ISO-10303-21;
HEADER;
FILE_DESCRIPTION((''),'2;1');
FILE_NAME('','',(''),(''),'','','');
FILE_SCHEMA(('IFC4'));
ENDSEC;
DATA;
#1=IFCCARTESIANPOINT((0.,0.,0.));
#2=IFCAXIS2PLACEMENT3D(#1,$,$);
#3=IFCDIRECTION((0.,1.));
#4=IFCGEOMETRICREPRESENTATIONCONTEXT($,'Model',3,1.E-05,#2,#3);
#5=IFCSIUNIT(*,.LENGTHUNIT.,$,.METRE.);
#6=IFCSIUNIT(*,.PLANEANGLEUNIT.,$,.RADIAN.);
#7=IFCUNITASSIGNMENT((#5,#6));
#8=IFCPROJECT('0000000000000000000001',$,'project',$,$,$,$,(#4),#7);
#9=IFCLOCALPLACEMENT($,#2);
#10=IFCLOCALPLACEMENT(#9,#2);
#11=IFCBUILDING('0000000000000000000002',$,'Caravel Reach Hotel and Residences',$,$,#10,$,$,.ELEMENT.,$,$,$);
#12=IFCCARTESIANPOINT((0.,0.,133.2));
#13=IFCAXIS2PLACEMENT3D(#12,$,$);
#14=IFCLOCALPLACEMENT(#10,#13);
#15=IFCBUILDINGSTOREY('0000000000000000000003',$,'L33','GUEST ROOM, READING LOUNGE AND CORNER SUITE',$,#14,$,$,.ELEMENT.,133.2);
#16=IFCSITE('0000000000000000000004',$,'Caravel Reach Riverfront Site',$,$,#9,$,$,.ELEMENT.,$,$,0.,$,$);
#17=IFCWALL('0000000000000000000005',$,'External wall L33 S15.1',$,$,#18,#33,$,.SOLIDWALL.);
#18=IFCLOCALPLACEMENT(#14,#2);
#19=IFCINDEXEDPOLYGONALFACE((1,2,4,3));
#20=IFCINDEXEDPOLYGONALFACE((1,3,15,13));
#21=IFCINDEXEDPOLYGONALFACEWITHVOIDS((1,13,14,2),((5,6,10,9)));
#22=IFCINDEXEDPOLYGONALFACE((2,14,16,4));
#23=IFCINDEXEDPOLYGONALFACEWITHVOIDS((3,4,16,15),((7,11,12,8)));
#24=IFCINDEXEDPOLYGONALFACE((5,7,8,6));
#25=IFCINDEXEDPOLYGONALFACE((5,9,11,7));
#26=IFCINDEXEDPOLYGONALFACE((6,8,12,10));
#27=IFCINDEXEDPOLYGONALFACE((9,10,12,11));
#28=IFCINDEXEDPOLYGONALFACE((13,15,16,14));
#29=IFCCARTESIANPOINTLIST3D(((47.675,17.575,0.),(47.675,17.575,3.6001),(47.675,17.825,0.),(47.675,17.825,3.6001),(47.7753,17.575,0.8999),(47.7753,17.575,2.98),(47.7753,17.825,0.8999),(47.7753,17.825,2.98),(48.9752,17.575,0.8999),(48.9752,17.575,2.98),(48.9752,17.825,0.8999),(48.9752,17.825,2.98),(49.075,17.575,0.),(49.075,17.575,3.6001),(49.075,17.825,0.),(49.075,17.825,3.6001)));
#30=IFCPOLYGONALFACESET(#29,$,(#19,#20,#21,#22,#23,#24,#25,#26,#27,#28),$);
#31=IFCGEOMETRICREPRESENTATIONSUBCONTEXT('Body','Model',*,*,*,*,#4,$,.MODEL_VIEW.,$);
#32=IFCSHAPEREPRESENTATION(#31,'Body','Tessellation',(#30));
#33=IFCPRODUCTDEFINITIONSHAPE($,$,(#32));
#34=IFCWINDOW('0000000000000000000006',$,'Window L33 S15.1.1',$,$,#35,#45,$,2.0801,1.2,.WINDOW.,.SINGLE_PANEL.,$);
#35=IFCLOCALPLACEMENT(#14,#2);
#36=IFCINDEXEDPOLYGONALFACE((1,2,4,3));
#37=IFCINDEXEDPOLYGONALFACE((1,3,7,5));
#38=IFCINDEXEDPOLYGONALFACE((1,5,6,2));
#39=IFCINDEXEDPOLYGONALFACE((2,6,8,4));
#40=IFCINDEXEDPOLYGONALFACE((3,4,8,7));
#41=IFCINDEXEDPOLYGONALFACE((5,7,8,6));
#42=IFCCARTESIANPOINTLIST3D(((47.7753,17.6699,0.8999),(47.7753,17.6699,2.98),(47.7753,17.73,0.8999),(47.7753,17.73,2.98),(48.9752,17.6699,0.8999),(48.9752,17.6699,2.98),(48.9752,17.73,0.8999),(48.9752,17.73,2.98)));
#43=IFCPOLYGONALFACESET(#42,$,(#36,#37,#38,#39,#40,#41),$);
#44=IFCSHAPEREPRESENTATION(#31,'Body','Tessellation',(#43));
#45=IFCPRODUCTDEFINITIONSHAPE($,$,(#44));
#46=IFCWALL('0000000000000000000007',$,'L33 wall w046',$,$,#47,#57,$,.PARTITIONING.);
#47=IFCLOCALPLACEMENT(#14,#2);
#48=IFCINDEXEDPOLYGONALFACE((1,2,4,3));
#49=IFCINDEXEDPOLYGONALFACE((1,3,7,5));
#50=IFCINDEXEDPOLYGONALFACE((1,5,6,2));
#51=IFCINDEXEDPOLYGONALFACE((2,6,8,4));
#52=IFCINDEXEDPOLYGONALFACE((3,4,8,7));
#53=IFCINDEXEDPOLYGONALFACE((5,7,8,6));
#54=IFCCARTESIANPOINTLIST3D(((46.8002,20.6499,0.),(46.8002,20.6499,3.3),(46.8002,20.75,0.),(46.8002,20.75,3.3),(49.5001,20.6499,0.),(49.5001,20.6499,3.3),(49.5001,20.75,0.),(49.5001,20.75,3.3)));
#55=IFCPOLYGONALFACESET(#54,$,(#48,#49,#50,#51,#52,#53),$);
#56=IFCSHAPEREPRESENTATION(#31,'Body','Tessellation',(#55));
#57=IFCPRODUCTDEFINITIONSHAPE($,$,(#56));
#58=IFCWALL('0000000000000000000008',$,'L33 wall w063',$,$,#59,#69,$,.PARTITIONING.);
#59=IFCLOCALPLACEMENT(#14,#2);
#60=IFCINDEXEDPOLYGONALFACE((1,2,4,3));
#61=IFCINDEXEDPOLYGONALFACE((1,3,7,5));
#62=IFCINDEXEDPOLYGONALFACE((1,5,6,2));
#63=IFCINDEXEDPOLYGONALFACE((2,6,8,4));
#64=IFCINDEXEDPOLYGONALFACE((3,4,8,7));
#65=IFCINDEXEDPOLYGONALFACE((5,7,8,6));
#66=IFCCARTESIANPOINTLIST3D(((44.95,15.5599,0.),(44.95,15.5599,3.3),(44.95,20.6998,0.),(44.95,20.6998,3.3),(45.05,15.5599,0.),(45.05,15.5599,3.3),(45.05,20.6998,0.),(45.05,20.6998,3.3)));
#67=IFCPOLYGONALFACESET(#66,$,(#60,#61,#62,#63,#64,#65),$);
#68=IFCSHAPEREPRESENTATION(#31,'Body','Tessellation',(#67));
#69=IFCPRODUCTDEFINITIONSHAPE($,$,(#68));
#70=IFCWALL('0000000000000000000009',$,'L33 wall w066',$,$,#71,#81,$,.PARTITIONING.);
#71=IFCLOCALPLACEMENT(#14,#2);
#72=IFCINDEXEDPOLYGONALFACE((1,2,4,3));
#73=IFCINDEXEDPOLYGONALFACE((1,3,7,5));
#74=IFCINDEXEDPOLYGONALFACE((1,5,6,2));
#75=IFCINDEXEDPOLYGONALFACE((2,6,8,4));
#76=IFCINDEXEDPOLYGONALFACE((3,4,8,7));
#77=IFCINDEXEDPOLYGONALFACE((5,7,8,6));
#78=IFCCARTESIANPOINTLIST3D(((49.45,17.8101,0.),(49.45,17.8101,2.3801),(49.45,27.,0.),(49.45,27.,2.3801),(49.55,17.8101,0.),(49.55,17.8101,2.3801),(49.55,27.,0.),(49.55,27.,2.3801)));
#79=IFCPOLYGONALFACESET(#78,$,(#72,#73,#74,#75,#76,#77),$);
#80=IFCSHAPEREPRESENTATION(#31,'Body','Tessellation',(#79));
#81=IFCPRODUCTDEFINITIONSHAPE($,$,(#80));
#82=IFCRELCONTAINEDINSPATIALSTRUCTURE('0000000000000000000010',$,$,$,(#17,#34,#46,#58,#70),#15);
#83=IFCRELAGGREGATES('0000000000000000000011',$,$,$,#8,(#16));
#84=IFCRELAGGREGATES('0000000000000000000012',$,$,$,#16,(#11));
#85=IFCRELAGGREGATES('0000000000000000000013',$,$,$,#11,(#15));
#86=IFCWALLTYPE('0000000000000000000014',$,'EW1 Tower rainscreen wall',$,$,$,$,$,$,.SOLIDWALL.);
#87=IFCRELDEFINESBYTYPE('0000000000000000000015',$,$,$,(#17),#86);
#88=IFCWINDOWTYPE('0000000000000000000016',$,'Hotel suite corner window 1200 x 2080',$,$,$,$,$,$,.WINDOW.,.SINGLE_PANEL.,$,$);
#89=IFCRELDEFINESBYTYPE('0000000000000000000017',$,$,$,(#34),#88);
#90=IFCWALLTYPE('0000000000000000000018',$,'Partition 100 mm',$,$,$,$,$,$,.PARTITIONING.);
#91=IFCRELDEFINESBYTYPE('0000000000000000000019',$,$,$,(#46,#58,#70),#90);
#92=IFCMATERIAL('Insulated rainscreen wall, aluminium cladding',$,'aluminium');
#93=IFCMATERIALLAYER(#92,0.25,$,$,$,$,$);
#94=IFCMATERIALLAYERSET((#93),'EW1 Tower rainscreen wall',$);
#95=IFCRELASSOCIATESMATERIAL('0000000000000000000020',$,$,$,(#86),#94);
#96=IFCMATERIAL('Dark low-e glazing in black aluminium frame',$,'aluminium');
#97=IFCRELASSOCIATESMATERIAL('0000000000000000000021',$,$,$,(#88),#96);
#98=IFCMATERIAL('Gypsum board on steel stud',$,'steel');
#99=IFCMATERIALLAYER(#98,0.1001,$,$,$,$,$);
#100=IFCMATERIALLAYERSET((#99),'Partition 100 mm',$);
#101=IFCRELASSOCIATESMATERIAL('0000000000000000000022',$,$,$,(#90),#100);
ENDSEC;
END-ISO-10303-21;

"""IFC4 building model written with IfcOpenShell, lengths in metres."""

from ifc_helpers import new_model, si_unit, direction, frame, frame_2d, origin, place, context, subcontext, project, spatial, rectangle, extrude, material, layer, layer_set, type_object, element, fill, save


model = new_model("IFC4")

# Units and contexts
model_context = context("Model", 3, precision=1e-05, world=origin(), true_north=direction((0.0, 1.0)))
body_context = subcontext(model_context, "Body", "Model", "MODEL_VIEW")
ifc_project = project(units=[si_unit("LENGTHUNIT", "METRE"), si_unit("PLANEANGLEUNIT", "RADIAN")], contexts=[model_context])

# Site, building, storey
site_placement = place(None, origin())
site = spatial("IfcSite", under=ifc_project, at=site_placement, Name="Caravel Reach Riverfront Site", CompositionType="ELEMENT", RefElevation=0.0)
building_placement = place(site_placement, origin())
building = spatial("IfcBuilding", under=site, at=building_placement, Name="Caravel Reach Hotel and Residences", CompositionType="ELEMENT")
storey_placement = place(building_placement, frame((0.0, 0.0, 133.2)))
storey = spatial("IfcBuildingStorey", under=building, at=storey_placement, Name="L33", Description="GUEST ROOM, READING LOUNGE AND CORNER SUITE", CompositionType="ELEMENT", Elevation=133.2)

# Wall, opening, window
ifc_material_1 = material(Name="Insulated rainscreen wall, aluminium cladding", Category="aluminium")
ifc_layer_1 = layer(ifc_material_1, 0.25)
ifc_layer_set_1 = layer_set([ifc_layer_1], Name="EW1 Tower rainscreen wall")
wall_type_1 = type_object("IfcWallType", Name="EW1 Tower rainscreen wall", PredefinedType="SOLIDWALL", material=ifc_layer_set_1)
ifc_material_2 = material(Name="Dark low-e glazing in black aluminium frame", Category="aluminium")
window_type = type_object("IfcWindowType", Name="Hotel suite corner window 1200 x 2080", PartitioningType="SINGLE_PANEL", PredefinedType="WINDOW", material=ifc_material_2)
wall_1_placement = place(storey_placement, frame((47.675, 17.7, 0.0), z_axis=(0.0, 0.0, 1.0), x_axis=(1.0, 0.0, 0.0)))
wall_1 = element("IfcWall", 1, at=wall_1_placement, inside=storey, type_object=wall_type_1, Name="External wall L33 S15.1", PredefinedType="SOLIDWALL", context=body_context, shape_type="SweptSolid", body=[
    extrude(rectangle(XDim=1.3999, YDim=0.25, at=frame_2d((0.7, 0.0))), origin(), (0.0, 0.0, 1.0), 3.6001),
])
opening_1_placement = place(wall_1_placement, frame((0.1001, 0.0, 0.8999)))
opening_1 = element("IfcOpeningElement", 2, at=opening_1_placement, cuts=wall_1, PredefinedType="OPENING", context=body_context, shape_type="SweptSolid", body=[
    extrude(rectangle(XDim=1.2, YDim=2.0801, at=frame_2d((0.6001, 1.04))), frame((0.0, 0.135, 0.0), z_axis=(0.0, -1.0, 0.0), x_axis=(1.0, 0.0, 0.0)), (0.0, 0.0, 1.0), 0.27),
])
window_1_placement = place(opening_1_placement, origin())
window_1 = element("IfcWindow", 3, at=window_1_placement, inside=storey, type_object=window_type, Name="Window L33 S15.1.1", OverallHeight=2.0801, OverallWidth=1.2, PartitioningType="SINGLE_PANEL", PredefinedType="WINDOW", context=body_context, shape_type="SweptSolid", body=[
    extrude(rectangle(XDim=1.2, YDim=2.0801, at=frame_2d((0.6001, 1.04))), frame((0.0, 0.03, 0.0), z_axis=(0.0, -1.0, 0.0), x_axis=(1.0, 0.0, 0.0)), (0.0, 0.0, 1.0), 0.0601),
])
fill(opening_1, window_1)

# Walls
ifc_material_3 = material(Name="Gypsum board on steel stud", Category="steel")
ifc_layer_2 = layer(ifc_material_3, 0.1001)
ifc_layer_set_2 = layer_set([ifc_layer_2], Name="Partition 100 mm")
wall_type_2 = type_object("IfcWallType", Name="Partition 100 mm", PredefinedType="PARTITIONING", material=ifc_layer_set_2)
wall_2_placement = place(storey_placement, frame((46.8, 20.7, 0.0), z_axis=(0.0, 0.0, 1.0), x_axis=(1.0, 0.0, 0.0)))
element("IfcWall", 4, at=wall_2_placement, inside=storey, type_object=wall_type_2, Name="L33 wall w046", PredefinedType="PARTITIONING", context=body_context, shape_type="SweptSolid", body=[
    extrude(rectangle(XDim=2.7, YDim=0.1001, at=frame_2d((1.3501, 0.0))), origin(), (0.0, 0.0, 1.0), 3.3),
])
wall_3_placement = place(storey_placement, frame((45.0, 15.5601, 0.0), z_axis=(0.0, 0.0, 1.0), x_axis=(0.0, 1.0, 0.0)))
element("IfcWall", 5, at=wall_3_placement, inside=storey, type_object=wall_type_2, Name="L33 wall w063", PredefinedType="PARTITIONING", context=body_context, shape_type="SweptSolid", body=[
    extrude(rectangle(XDim=5.1399, YDim=0.1001, at=frame_2d((2.5698, 0.0))), origin(), (0.0, 0.0, 1.0), 3.3),
])
wall_4_placement = place(storey_placement, frame((49.5, 17.8101, 0.0), z_axis=(0.0, 0.0, 1.0), x_axis=(0.0, 1.0, 0.0)))
element("IfcWall", 6, at=wall_4_placement, inside=storey, type_object=wall_type_2, Name="L33 wall w066", PredefinedType="PARTITIONING", context=body_context, shape_type="SweptSolid", body=[
    extrude(rectangle(XDim=9.1899, YDim=0.1001, at=frame_2d((4.595, 0.0))), origin(), (0.0, 0.0, 1.0), 2.3801),
])

save(model, "model.ifc")
